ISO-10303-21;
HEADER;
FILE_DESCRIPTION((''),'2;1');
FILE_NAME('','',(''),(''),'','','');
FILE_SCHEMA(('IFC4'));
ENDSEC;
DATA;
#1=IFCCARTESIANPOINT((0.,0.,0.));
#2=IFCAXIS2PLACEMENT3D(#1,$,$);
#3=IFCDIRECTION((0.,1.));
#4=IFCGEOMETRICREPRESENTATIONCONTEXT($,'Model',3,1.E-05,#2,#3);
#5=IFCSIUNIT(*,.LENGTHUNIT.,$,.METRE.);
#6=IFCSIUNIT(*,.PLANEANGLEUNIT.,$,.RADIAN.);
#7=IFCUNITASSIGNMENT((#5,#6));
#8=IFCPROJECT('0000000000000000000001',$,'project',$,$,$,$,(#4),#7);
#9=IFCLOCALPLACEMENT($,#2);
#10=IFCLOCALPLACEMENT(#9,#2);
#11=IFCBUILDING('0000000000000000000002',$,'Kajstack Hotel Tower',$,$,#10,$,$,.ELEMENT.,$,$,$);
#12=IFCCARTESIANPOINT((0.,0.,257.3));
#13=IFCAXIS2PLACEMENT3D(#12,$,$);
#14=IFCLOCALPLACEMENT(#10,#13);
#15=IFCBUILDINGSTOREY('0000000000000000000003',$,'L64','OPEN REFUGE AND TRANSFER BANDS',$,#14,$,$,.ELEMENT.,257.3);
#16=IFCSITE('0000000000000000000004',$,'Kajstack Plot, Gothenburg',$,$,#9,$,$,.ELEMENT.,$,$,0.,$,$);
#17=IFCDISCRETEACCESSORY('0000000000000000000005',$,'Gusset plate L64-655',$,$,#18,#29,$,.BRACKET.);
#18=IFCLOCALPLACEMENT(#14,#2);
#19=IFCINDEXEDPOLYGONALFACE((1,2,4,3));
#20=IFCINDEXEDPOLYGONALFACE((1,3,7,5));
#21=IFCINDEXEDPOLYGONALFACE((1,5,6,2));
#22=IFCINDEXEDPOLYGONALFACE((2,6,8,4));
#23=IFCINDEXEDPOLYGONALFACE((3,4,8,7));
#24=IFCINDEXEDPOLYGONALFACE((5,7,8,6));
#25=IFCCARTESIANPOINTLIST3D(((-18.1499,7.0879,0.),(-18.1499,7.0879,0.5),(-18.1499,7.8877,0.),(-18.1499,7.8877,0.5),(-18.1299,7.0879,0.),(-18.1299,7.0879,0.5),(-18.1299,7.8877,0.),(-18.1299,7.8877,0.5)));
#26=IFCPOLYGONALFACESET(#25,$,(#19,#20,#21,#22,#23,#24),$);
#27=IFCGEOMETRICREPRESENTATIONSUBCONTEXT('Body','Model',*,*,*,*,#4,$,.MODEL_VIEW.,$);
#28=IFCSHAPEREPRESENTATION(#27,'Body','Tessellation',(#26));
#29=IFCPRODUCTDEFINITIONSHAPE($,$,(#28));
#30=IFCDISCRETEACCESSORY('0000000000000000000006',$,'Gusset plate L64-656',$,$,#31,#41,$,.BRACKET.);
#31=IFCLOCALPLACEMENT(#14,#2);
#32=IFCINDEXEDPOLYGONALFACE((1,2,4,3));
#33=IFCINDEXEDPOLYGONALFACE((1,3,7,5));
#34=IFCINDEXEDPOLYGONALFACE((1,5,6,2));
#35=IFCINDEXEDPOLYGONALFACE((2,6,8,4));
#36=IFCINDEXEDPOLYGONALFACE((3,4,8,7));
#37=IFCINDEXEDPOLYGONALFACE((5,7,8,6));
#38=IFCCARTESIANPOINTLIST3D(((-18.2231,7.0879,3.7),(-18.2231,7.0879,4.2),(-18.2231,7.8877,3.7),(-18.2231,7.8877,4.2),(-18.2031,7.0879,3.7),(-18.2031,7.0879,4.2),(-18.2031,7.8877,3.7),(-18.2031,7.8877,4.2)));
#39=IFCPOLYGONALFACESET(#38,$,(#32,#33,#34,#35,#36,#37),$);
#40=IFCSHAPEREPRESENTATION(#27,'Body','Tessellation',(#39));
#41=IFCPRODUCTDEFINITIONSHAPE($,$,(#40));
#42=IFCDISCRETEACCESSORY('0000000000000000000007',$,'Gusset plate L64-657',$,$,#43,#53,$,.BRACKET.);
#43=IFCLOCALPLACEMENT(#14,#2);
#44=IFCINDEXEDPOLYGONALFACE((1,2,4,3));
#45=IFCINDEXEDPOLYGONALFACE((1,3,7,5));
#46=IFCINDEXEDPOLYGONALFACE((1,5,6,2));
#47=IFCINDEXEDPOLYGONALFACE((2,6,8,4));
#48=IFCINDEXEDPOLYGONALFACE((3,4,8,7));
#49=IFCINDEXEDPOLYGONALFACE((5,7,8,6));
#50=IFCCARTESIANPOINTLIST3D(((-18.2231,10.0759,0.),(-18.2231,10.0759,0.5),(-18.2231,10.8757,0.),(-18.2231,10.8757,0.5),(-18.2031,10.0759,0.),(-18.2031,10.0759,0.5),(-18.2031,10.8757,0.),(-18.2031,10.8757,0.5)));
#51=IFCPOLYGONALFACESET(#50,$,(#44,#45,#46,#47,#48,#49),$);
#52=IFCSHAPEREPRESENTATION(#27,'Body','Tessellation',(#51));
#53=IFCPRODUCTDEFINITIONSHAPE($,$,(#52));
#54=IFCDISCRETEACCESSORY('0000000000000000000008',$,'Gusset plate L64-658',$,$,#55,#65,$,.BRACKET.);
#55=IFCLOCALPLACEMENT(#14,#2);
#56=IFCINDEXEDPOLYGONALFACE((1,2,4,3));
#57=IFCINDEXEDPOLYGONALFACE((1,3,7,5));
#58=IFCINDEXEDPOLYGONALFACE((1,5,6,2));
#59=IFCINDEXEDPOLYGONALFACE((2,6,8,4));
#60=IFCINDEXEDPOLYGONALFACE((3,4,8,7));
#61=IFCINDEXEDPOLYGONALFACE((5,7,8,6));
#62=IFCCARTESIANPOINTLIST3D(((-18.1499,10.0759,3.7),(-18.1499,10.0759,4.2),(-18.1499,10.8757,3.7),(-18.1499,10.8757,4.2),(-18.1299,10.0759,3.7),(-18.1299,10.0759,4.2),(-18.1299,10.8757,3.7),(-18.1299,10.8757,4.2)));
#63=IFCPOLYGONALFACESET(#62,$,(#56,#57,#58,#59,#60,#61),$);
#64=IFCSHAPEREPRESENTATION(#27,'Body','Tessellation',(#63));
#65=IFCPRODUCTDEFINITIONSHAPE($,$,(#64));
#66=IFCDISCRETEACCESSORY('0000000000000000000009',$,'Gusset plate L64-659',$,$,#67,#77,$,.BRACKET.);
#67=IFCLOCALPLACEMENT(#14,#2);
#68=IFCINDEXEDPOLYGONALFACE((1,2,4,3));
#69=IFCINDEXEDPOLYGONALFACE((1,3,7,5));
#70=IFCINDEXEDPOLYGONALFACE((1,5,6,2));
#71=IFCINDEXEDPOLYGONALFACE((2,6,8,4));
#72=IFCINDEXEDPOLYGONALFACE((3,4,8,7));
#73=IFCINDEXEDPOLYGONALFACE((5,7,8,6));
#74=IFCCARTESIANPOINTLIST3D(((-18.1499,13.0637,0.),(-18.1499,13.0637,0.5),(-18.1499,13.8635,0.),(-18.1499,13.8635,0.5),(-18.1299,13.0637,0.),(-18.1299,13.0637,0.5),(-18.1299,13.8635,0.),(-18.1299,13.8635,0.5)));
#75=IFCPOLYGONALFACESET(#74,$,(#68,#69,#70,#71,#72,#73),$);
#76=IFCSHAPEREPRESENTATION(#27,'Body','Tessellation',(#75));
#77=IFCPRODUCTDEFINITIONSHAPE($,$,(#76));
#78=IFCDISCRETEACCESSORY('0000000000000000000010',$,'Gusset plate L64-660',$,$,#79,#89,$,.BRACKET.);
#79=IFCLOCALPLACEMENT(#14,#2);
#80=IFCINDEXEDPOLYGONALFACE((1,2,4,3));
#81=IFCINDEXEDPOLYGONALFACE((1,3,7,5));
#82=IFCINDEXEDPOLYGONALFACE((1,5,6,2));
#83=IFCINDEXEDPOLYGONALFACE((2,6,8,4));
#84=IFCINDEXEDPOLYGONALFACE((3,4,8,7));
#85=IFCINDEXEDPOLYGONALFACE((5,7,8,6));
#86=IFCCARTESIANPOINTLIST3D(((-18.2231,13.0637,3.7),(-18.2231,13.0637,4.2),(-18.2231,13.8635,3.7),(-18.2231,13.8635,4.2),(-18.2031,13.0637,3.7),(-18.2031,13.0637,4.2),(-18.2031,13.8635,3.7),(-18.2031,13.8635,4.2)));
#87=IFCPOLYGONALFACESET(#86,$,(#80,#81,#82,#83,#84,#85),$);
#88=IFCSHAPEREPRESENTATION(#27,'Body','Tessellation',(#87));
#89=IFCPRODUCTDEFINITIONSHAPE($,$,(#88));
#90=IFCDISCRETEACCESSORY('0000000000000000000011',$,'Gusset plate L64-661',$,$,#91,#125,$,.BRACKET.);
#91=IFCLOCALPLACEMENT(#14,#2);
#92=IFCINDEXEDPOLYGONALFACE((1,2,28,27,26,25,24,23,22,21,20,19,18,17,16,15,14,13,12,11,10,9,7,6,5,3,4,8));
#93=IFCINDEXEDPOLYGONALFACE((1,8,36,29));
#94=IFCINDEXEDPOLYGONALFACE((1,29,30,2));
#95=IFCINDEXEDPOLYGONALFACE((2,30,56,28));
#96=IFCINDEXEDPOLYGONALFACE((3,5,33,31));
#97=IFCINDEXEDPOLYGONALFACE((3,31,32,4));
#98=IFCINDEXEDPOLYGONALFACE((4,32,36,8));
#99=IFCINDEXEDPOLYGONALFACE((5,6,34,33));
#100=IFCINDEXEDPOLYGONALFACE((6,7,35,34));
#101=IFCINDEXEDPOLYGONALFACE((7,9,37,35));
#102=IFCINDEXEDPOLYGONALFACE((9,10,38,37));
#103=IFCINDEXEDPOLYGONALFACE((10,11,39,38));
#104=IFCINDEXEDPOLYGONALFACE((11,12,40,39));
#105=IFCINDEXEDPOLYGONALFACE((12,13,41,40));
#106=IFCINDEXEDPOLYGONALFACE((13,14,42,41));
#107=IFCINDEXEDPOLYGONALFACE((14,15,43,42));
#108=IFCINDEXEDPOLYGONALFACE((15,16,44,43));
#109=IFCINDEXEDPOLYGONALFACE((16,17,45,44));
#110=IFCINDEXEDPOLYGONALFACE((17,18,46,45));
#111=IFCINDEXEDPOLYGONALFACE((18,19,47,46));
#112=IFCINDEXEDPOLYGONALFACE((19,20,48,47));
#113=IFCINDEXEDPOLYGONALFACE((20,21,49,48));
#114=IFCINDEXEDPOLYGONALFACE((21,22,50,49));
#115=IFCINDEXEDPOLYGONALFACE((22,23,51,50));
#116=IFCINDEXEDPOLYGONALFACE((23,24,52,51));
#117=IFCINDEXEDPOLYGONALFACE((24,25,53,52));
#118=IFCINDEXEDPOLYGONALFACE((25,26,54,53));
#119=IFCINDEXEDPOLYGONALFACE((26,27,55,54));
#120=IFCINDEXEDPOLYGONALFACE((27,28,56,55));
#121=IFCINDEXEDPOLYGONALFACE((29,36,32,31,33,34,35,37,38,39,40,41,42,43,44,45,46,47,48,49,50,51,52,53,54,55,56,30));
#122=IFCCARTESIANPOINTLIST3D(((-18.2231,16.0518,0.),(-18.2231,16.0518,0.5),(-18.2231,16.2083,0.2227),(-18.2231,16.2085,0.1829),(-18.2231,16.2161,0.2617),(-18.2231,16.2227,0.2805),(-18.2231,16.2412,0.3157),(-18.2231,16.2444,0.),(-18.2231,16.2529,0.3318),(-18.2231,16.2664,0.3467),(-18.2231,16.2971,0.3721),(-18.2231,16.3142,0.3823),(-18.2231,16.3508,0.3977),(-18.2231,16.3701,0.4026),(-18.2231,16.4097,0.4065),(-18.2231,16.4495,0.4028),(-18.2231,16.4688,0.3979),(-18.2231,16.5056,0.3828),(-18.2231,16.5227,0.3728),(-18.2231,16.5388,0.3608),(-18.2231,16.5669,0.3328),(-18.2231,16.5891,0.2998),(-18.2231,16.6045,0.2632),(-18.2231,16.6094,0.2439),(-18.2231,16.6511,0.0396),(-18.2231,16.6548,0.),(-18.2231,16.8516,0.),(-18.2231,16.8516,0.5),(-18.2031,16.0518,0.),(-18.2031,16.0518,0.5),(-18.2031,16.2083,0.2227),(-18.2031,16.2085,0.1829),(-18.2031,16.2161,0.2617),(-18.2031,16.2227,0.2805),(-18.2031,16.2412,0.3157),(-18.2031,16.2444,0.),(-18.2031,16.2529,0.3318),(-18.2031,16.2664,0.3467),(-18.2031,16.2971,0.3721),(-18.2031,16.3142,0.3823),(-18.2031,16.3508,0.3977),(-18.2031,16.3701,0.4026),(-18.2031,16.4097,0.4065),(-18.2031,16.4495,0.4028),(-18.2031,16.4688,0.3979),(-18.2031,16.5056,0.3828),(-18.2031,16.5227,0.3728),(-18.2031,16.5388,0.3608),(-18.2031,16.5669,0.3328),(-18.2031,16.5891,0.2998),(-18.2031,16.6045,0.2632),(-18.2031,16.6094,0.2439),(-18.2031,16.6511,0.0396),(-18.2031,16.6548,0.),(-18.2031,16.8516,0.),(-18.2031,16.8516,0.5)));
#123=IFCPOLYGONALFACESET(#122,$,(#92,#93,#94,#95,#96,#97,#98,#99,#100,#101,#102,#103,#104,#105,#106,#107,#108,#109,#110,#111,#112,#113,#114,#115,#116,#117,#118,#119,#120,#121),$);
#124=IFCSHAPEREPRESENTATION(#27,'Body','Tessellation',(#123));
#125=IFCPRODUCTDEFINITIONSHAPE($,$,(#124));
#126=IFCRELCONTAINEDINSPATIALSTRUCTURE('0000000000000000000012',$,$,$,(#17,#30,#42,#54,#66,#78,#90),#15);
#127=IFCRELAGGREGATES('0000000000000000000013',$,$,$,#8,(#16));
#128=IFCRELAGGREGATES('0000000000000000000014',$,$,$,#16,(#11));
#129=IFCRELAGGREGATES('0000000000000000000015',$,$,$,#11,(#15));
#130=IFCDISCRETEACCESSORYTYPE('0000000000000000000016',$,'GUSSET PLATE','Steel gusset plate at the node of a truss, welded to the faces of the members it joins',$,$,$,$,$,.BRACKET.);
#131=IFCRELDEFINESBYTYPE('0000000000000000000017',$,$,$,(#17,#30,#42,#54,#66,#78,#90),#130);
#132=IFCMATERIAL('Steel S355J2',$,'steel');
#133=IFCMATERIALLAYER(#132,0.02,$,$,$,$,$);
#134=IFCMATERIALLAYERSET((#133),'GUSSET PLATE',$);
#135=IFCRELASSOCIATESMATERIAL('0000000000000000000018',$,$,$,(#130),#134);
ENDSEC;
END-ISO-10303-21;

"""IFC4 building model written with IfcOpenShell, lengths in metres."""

from ifc_helpers import new_model, si_unit, direction, frame, origin, place, context, subcontext, project, spatial, polyline, outline, extrude, material, layer, layer_set, type_object, element, save


model = new_model("IFC4")

# Units and contexts
model_context = context("Model", 3, precision=1e-05, world=origin(), true_north=direction((0.0, 1.0)))
body_context = subcontext(model_context, "Body", "Model", "MODEL_VIEW")
ifc_project = project(units=[si_unit("LENGTHUNIT", "METRE"), si_unit("PLANEANGLEUNIT", "RADIAN")], contexts=[model_context])

# Site, building, storey
site_placement = place(None, origin())
site = spatial("IfcSite", under=ifc_project, at=site_placement, Name="Kajstack Plot, Gothenburg", CompositionType="ELEMENT", RefElevation=0.0)
building_placement = place(site_placement, origin())
building = spatial("IfcBuilding", under=site, at=building_placement, Name="Kajstack Hotel Tower", CompositionType="ELEMENT")
storey_placement = place(building_placement, frame((0.0, 0.0, 257.3)))
storey = spatial("IfcBuildingStorey", under=building, at=storey_placement, Name="L64", Description="OPEN REFUGE AND TRANSFER BANDS", CompositionType="ELEMENT", Elevation=257.3)

# Shared definitions
ifc_material = material(Name="Steel S355J2", Category="steel")

# Discrete accessories
ifc_layer = layer(ifc_material, 0.02)
ifc_layer_set = layer_set([ifc_layer], Name="GUSSET PLATE")
discrete_accessory_type = type_object("IfcDiscreteAccessoryType", Name="GUSSET PLATE", Description="Steel gusset plate at the node of a truss, welded to the faces of the members it joins", PredefinedType="BRACKET", material=ifc_layer_set)
for number, where, z_axis, x_axis, name in (
    (1, (-18.1499, 7.4878, 0.0), (1.0, 0.0, 0.0), (0.0, 1.0, 0.0), "Gusset plate L64-655"),
    (2, (-18.2231, 7.4878, 3.7), (1.0, 0.0, 0.0), (0.0, 1.0, 0.0), "Gusset plate L64-656"),
    (3, (-18.2231, 10.4758, 0.0), (1.0, 0.0, 0.0), (0.0, 1.0, 0.0), "Gusset plate L64-657"),
    (4, (-18.1499, 10.4758, 3.7), (1.0, 0.0, 0.0), (0.0, 1.0, 0.0), "Gusset plate L64-658"),
    (5, (-18.1499, 13.4636, 0.0), (1.0, 0.0, 0.0), (0.0, 1.0, 0.0), "Gusset plate L64-659"),
    (6, (-18.2231, 13.4636, 3.7), (1.0, 0.0, 0.0), (0.0, 1.0, 0.0), "Gusset plate L64-660"),
):
    element("IfcDiscreteAccessory", number, at=place(storey_placement, frame(where, z_axis=z_axis, x_axis=x_axis)), inside=storey, type_object=discrete_accessory_type, Name=name, PredefinedType="BRACKET", context=body_context, shape_type="SweptSolid", body=[
        extrude(outline(polyline([(-0.3999, 0.0), (0.3999, 0.0), (0.3999, 0.5), (-0.3999, 0.5), (-0.3999, 0.0)])), origin(), (0.0, 0.0, 1.0), 0.02),
    ])
discrete_accessory_placement = place(storey_placement, frame((-18.2231, 16.4517, 0.0), z_axis=(1.0, 0.0, 0.0), x_axis=(0.0, 1.0, 0.0)))
element("IfcDiscreteAccessory", 7, at=discrete_accessory_placement, inside=storey, type_object=discrete_accessory_type, Name="Gusset plate L64-661", PredefinedType="BRACKET", context=body_context, shape_type="SweptSolid", body=[
    extrude(outline(polyline([(-0.3999, 0.0), (-0.2073, 0.0), (-0.2432, 0.1829), (-0.2434, 0.2227), (-0.2356, 0.2617), (-0.229, 0.2805), (-0.2104, 0.3157), (-0.1987, 0.3318), (-0.1853, 0.3467), (-0.1545, 0.3721), (-0.1375, 0.3823), (-0.1008, 0.3977), (-0.0815, 0.4026), (-0.042, 0.4065), (-0.0022, 0.4028), (0.0171, 0.3979), (0.054, 0.3828), (0.071, 0.3728), (0.0872, 0.3608), (0.1152, 0.3328), (0.1375, 0.2998), (0.1528, 0.2632), (0.1577, 0.2439), (0.1995, 0.0396), (0.2031, 0.0), (0.3999, 0.0), (0.3999, 0.5), (-0.3999, 0.5), (-0.3999, 0.0)])), origin(), (0.0, 0.0, 1.0), 0.02),
])

save(model, "model.ifc")
